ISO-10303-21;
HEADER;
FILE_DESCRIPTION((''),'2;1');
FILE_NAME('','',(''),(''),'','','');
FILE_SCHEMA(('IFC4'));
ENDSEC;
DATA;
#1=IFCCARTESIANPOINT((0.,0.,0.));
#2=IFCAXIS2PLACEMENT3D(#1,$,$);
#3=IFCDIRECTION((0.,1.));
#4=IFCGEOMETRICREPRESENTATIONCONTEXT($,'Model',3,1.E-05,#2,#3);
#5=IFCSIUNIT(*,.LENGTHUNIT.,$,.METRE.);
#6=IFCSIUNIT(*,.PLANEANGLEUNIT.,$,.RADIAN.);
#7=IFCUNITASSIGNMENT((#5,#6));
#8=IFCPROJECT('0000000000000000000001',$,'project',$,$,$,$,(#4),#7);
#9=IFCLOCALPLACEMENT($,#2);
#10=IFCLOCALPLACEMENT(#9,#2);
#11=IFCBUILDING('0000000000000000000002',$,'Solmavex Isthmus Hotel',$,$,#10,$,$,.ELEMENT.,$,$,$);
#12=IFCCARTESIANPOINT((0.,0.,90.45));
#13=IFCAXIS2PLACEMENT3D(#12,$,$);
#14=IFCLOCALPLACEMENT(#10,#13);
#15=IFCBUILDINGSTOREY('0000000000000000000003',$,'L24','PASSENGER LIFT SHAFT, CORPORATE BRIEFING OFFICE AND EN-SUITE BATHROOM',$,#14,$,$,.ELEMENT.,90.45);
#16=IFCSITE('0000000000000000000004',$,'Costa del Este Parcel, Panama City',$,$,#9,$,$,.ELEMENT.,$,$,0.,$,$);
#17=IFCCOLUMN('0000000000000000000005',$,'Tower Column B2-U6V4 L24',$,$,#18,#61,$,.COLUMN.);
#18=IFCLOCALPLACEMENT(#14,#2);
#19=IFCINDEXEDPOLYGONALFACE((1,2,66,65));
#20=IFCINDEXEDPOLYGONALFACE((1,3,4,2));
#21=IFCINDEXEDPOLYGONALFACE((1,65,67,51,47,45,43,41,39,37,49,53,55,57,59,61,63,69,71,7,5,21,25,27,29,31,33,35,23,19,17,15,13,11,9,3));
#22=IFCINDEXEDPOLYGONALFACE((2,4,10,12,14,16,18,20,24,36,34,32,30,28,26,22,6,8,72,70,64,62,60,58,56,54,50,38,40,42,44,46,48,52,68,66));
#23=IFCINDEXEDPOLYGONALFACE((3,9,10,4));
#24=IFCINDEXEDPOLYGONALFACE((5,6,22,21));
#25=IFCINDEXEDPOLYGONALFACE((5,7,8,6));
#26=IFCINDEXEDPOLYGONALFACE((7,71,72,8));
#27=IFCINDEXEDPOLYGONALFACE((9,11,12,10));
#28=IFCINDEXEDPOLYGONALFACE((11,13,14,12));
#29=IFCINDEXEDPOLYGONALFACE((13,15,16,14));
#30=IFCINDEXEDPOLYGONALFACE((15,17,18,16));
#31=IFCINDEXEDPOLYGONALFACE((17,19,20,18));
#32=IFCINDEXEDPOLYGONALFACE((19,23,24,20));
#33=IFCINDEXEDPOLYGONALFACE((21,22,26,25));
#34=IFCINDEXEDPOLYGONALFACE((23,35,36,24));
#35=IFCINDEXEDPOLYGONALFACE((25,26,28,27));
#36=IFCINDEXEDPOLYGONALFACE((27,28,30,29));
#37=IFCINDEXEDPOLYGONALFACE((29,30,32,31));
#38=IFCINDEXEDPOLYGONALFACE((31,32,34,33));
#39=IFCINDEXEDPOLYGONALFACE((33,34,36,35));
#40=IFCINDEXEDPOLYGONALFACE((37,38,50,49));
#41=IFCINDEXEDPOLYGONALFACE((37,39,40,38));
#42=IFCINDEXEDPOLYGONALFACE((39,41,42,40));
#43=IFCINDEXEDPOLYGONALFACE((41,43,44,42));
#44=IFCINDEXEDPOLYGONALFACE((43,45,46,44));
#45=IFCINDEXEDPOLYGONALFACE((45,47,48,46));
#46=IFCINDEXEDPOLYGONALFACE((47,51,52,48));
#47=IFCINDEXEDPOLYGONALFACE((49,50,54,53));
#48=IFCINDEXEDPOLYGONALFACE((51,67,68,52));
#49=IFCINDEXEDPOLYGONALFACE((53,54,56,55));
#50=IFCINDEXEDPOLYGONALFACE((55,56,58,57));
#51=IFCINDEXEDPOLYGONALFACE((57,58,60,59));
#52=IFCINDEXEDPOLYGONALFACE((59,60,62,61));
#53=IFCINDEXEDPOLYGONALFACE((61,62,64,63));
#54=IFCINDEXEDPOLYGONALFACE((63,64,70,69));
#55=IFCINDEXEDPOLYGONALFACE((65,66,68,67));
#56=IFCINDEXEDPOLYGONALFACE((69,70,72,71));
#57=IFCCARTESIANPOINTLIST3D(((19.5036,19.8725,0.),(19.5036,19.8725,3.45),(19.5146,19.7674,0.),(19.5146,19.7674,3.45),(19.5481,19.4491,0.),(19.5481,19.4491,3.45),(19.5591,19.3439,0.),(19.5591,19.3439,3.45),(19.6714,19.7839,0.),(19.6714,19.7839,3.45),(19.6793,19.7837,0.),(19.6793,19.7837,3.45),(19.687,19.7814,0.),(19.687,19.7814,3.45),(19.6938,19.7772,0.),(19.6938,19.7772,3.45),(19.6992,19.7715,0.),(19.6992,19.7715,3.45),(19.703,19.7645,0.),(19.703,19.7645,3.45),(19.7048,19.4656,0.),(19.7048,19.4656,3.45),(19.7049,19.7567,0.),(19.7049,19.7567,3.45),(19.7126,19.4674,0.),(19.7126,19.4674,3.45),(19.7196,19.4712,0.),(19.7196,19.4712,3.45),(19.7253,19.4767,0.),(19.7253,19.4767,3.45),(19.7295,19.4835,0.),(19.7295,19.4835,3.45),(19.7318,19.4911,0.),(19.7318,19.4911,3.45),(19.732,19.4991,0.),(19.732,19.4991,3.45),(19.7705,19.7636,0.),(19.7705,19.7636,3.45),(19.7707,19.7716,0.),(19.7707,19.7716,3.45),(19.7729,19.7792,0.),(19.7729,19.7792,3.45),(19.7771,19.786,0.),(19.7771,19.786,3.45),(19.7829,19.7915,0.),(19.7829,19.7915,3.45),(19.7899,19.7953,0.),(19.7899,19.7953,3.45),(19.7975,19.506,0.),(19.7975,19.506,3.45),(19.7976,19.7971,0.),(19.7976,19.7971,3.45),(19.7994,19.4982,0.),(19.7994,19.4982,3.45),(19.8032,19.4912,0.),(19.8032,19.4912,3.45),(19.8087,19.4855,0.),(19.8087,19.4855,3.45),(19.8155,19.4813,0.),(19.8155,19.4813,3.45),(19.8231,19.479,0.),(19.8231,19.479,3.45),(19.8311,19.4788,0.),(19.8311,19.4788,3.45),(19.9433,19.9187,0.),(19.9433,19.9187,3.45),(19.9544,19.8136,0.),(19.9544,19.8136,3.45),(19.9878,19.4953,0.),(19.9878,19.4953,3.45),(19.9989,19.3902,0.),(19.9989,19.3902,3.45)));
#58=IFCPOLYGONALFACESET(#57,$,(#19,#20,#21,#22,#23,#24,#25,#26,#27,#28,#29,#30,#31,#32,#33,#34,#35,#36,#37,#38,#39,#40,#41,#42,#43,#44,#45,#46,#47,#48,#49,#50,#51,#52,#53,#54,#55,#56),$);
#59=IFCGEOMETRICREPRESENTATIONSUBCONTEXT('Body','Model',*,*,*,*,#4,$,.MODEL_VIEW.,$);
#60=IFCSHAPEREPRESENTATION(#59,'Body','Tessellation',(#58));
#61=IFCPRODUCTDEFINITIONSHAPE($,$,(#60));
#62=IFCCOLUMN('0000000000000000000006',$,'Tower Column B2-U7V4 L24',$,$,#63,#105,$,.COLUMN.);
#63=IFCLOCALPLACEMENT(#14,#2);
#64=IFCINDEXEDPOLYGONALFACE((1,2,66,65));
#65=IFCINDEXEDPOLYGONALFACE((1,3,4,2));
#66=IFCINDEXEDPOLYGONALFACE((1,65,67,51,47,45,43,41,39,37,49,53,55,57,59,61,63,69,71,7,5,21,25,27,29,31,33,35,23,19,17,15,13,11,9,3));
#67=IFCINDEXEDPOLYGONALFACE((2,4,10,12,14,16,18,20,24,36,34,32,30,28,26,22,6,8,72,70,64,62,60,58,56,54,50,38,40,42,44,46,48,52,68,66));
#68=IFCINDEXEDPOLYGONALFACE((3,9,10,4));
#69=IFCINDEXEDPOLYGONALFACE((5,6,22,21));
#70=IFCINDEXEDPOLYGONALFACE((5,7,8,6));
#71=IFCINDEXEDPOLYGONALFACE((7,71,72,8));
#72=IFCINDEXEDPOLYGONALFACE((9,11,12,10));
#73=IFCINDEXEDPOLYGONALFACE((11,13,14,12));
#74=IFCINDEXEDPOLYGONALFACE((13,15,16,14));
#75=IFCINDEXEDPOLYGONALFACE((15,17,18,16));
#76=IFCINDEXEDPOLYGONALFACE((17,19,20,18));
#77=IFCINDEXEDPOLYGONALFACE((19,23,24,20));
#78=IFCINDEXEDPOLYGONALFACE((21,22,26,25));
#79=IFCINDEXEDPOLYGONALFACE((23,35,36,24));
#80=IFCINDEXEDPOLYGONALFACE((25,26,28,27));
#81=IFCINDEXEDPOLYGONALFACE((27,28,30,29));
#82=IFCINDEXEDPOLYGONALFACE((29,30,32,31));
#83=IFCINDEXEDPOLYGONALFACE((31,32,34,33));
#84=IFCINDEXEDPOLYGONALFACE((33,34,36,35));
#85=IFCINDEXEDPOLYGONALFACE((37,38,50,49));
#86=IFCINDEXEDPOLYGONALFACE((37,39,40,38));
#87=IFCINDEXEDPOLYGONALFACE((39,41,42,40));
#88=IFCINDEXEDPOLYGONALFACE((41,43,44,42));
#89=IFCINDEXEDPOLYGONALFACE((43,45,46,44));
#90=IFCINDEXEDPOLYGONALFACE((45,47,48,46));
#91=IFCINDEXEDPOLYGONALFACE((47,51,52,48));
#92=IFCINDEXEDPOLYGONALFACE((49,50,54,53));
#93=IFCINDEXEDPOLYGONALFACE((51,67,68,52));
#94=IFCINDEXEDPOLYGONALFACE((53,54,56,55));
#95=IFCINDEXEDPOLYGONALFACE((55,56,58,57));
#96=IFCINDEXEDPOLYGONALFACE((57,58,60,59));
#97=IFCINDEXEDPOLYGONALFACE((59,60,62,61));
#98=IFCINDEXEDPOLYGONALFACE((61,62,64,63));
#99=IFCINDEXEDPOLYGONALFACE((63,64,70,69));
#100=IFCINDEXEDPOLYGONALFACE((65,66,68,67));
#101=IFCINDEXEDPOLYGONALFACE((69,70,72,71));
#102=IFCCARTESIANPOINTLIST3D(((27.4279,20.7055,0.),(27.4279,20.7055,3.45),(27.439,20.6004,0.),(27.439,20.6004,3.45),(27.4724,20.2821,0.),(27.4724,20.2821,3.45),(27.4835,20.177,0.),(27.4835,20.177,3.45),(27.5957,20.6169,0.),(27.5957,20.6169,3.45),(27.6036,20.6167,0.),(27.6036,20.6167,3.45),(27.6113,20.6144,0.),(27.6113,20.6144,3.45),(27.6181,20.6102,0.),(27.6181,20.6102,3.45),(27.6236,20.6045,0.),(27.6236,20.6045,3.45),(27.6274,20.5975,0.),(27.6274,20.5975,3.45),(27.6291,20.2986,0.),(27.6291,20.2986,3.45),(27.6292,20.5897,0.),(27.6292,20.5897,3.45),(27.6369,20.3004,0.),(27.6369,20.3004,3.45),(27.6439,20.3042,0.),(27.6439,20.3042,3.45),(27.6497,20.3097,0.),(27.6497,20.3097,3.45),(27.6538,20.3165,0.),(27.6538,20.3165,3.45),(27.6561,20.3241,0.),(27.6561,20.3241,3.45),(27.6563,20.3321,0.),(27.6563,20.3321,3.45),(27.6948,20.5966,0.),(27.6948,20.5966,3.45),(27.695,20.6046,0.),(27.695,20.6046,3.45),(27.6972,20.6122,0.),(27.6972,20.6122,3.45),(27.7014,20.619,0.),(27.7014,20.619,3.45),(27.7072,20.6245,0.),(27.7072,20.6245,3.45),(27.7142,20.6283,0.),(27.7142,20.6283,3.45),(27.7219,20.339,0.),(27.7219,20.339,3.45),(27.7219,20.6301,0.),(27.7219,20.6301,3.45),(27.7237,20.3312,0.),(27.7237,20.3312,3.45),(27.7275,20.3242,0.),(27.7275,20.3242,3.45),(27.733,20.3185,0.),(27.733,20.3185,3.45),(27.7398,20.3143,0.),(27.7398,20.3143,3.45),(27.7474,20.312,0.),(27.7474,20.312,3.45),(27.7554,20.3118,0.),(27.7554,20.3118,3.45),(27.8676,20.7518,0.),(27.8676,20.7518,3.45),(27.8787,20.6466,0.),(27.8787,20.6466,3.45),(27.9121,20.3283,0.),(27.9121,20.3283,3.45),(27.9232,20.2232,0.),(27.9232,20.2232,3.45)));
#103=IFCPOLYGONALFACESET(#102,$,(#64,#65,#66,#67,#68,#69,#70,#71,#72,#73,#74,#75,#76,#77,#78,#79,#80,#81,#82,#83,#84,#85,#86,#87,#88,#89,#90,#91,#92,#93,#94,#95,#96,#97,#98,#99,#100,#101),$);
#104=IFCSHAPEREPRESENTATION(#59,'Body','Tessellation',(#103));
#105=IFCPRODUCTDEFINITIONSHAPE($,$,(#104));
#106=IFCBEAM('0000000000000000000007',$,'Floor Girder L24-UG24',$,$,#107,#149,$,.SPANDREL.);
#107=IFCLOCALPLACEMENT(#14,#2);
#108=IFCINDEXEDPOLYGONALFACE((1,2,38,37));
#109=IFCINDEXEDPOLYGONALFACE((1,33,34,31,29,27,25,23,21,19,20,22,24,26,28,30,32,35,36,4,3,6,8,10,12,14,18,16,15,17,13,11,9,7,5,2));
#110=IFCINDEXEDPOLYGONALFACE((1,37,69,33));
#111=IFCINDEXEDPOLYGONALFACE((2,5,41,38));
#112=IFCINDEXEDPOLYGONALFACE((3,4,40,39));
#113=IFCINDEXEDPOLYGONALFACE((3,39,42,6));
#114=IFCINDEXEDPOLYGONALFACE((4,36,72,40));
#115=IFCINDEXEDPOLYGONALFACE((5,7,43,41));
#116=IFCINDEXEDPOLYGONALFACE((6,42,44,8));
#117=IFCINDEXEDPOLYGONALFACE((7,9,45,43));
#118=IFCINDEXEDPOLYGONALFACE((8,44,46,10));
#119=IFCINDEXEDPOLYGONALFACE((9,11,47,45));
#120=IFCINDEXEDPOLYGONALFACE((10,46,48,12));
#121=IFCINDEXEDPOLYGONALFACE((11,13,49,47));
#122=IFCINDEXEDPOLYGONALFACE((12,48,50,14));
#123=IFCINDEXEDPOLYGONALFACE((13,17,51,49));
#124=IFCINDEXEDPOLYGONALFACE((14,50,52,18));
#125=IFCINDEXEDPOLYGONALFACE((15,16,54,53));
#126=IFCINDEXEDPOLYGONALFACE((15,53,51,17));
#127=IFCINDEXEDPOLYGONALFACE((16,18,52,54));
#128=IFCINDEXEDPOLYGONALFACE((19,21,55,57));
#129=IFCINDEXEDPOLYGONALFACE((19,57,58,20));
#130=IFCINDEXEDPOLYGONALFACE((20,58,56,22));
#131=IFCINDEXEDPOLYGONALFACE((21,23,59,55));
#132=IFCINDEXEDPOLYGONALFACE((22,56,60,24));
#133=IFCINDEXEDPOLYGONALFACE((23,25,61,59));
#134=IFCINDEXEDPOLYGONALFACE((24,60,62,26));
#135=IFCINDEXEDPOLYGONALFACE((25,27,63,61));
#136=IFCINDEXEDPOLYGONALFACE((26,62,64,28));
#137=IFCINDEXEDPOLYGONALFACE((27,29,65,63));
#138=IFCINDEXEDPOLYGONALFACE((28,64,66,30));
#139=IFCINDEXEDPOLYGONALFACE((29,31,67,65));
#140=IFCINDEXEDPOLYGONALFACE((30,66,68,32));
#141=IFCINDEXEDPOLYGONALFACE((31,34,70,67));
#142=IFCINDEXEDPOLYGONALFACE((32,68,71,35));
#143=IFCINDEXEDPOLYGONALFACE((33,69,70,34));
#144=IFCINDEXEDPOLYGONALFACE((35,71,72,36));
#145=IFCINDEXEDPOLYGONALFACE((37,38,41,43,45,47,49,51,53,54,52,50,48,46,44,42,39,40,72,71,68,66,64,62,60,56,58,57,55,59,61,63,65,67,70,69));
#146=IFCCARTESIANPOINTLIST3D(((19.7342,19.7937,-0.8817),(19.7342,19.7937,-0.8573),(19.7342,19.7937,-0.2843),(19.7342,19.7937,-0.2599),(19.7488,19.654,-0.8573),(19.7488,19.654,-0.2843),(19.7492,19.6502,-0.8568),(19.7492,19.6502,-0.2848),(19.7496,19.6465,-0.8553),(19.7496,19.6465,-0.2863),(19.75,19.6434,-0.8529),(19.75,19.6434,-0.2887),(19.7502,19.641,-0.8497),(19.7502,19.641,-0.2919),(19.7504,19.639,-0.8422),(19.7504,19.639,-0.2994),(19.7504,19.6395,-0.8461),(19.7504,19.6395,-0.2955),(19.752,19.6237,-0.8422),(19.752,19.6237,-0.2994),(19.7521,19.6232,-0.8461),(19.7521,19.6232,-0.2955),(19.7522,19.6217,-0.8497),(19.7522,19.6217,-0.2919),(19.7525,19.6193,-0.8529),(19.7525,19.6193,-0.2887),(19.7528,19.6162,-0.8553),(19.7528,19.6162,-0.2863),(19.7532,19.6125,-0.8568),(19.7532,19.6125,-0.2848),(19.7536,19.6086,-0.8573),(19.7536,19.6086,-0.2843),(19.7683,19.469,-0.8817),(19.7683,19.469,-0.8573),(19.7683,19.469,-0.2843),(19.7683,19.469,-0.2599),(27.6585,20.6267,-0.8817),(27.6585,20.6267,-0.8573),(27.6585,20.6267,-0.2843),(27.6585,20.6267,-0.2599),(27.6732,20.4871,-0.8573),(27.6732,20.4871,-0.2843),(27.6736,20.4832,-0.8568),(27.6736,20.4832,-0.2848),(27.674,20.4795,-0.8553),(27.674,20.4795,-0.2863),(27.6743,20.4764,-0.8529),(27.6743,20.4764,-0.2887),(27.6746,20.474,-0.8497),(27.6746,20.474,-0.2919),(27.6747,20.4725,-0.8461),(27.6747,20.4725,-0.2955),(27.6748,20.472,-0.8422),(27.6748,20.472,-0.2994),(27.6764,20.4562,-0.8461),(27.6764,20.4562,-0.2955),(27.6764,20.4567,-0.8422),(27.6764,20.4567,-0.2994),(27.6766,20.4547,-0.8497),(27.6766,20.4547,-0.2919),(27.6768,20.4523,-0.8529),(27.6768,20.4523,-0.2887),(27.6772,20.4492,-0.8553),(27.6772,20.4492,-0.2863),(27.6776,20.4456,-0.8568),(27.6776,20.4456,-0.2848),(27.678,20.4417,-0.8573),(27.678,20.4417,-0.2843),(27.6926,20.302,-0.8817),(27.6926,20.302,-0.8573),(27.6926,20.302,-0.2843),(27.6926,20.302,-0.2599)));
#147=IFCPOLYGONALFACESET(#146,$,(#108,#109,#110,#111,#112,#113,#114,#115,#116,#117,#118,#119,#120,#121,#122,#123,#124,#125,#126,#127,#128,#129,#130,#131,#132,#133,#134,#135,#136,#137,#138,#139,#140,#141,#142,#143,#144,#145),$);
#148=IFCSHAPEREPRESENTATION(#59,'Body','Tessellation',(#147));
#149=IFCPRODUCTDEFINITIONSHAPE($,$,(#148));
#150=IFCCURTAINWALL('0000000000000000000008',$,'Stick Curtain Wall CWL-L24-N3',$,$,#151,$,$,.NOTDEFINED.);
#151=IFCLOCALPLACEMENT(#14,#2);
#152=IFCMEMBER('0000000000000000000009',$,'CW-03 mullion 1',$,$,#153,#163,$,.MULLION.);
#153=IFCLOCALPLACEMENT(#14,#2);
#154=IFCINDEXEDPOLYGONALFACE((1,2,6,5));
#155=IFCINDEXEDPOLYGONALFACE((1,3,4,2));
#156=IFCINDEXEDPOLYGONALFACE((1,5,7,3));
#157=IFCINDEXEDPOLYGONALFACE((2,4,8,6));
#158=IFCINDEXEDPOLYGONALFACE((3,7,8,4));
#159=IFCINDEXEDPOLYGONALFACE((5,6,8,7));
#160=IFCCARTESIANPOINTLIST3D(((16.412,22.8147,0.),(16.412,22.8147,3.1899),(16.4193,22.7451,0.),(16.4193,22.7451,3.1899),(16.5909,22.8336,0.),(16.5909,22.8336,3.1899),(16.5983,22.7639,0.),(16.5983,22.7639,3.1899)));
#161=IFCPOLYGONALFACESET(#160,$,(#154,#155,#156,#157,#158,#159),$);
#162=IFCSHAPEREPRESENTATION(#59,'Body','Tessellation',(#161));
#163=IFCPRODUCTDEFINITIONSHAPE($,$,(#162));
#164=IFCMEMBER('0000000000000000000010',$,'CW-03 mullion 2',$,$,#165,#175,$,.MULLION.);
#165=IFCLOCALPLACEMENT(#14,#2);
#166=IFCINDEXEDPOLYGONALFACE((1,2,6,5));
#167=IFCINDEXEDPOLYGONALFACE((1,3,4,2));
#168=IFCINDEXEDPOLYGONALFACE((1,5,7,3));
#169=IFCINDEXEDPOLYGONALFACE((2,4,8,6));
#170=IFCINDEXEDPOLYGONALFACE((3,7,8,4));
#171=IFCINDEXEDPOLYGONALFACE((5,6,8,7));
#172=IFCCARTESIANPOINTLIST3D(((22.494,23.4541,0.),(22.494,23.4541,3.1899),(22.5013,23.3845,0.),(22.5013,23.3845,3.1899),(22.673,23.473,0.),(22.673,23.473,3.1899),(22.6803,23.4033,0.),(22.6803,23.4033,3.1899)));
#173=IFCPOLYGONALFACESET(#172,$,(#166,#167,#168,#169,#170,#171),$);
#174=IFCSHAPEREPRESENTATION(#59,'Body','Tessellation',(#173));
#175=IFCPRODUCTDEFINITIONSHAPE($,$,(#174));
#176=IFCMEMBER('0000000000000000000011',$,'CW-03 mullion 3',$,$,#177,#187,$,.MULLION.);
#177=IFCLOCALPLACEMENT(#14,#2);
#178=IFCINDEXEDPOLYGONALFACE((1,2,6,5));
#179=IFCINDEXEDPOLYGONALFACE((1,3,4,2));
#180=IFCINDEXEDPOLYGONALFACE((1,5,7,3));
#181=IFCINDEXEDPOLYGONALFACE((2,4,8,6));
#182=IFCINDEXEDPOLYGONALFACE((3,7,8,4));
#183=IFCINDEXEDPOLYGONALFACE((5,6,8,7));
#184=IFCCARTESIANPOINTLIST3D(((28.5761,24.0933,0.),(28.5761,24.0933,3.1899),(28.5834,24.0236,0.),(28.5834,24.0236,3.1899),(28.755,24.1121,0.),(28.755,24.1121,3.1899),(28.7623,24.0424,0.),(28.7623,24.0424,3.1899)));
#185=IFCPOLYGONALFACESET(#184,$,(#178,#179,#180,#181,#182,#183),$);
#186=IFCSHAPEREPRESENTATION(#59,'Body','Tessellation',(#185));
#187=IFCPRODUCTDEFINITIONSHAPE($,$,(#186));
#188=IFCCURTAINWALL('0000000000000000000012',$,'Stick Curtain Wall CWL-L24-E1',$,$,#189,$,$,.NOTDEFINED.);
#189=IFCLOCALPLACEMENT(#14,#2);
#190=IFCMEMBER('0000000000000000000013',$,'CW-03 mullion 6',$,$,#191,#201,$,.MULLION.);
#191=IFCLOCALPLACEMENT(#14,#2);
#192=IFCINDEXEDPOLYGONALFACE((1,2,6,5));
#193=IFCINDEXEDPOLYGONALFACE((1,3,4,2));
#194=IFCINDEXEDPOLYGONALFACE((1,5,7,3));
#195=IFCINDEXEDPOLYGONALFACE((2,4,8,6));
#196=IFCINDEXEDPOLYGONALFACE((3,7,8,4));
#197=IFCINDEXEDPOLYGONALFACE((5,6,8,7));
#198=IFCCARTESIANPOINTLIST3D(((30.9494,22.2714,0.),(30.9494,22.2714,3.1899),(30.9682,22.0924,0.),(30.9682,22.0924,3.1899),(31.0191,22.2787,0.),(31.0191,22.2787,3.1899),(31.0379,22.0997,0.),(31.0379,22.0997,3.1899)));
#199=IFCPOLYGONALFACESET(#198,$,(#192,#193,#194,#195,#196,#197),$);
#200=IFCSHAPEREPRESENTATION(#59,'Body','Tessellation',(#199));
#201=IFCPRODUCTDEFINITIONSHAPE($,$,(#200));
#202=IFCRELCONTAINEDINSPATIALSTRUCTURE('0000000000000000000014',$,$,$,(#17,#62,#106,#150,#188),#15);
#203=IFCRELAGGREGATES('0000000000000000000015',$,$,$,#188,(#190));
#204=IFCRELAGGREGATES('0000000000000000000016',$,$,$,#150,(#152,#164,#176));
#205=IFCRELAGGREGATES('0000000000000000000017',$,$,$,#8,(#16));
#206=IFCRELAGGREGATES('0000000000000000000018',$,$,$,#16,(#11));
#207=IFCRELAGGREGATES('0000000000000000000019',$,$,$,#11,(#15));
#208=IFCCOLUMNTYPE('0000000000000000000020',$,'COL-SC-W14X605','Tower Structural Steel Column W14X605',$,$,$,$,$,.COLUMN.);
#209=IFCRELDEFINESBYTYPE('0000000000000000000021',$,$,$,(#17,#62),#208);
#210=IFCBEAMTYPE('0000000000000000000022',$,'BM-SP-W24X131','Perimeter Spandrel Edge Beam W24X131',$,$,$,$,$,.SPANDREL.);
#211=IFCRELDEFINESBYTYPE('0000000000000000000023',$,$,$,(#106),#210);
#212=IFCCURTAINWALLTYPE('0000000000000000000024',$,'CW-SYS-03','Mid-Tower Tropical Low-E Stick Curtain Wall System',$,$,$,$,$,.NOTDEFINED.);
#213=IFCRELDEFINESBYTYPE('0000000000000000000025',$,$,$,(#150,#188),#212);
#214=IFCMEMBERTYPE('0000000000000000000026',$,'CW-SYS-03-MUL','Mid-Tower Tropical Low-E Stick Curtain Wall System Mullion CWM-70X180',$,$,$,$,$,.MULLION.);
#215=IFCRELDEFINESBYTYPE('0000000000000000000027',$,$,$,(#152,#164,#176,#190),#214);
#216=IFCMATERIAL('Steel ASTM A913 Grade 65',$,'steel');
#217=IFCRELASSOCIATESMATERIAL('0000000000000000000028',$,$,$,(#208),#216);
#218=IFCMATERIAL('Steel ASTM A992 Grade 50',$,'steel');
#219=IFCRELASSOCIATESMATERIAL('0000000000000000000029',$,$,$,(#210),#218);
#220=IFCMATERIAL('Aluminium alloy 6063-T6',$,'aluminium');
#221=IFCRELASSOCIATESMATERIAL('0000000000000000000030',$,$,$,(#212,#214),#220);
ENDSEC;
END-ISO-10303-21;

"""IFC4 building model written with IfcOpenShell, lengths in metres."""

from ifc_helpers import new_model, si_unit, direction, frame, origin, origin_2d, place, context, subcontext, project, spatial, rectangle, i_section, extrude, material, material_profile, profile_set, type_object, element, aggregate, save


model = new_model("IFC4")

# Units and contexts
model_context = context("Model", 3, precision=1e-05, world=origin(), true_north=direction((0.0, 1.0)))
body_context = subcontext(model_context, "Body", "Model", "MODEL_VIEW")
ifc_project = project(units=[si_unit("LENGTHUNIT", "METRE"), si_unit("PLANEANGLEUNIT", "RADIAN")], contexts=[model_context])

# Site, building, storey
site_placement = place(None, origin())
site = spatial("IfcSite", under=ifc_project, at=site_placement, Name="Costa del Este Parcel, Panama City", CompositionType="ELEMENT", RefElevation=0.0)
building_placement = place(site_placement, origin())
building = spatial("IfcBuilding", under=site, at=building_placement, Name="Solmavex Isthmus Hotel", CompositionType="ELEMENT")
storey_placement = place(building_placement, frame((0.0, 0.0, 90.45)))
storey = spatial("IfcBuildingStorey", under=building, at=storey_placement, Name="L24", Description="PASSENGER LIFT SHAFT, CORPORATE BRIEFING OFFICE AND EN-SUITE BATHROOM", CompositionType="ELEMENT", Elevation=90.45)

# Columns
ifc_material_1 = material(Name="Steel ASTM A913 Grade 65", Category="steel")
ifc_material_profile_1 = material_profile(ifc_material_1, i_section(OverallWidth=0.4421, OverallDepth=0.5315, WebThickness=0.0659, FlangeThickness=0.1057, FilletRadius=0.0305, at=origin_2d()), Name="W14X605")
ifc_profile_set_1 = profile_set([ifc_material_profile_1], Name="Steel ASTM A913 Grade 65")
column_type = type_object("IfcColumnType", Name="COL-SC-W14X605", Description="Tower Structural Steel Column W14X605", PredefinedType="COLUMN", material=ifc_profile_set_1)
for number, where, z_axis, x_axis, name in (
    (1, (19.7512, 19.6313, 0.0), (0.0, 0.0, 1.0), (0.994522, 0.104528, 0.0), "Tower Column B2-U6V4 L24"),
    (2, (27.6755, 20.4644, 0.0), (0.0, 0.0, 1.0), (0.994522, 0.104528, 0.0), "Tower Column B2-U7V4 L24"),
):
    element("IfcColumn", number, at=place(storey_placement, frame(where, z_axis=z_axis, x_axis=x_axis)), inside=storey, type_object=column_type, Name=name, PredefinedType="COLUMN", context=body_context, shape_type="SweptSolid", body=[
        extrude(i_section(OverallWidth=0.4421, OverallDepth=0.5315, WebThickness=0.0659, FlangeThickness=0.1057, FilletRadius=0.0305, at=origin_2d()), origin(), (0.0, 0.0, 1.0), 3.45),
    ])

# Beam
ifc_material_2 = material(Name="Steel ASTM A992 Grade 50", Category="steel")
ifc_material_profile_2 = material_profile(ifc_material_2, i_section(OverallWidth=0.3264, OverallDepth=0.6218, WebThickness=0.0154, FlangeThickness=0.0244, FilletRadius=0.0151, at=origin_2d()), Name="W24X131")
ifc_profile_set_2 = profile_set([ifc_material_profile_2], Name="Steel ASTM A992 Grade 50")
beam_type = type_object("IfcBeamType", Name="BM-SP-W24X131", Description="Perimeter Spandrel Edge Beam W24X131", PredefinedType="SPANDREL", material=ifc_profile_set_2)
beam_placement = place(storey_placement, frame((19.7512, 19.6313, -0.5708), z_axis=(0.99452, 0.104544, 0.0), x_axis=(-0.104544, 0.99452, 0.0)))
element("IfcBeam", 3, at=beam_placement, inside=storey, type_object=beam_type, Name="Floor Girder L24-UG24", PredefinedType="SPANDREL", context=body_context, shape_type="SweptSolid", body=[
    extrude(i_section(OverallWidth=0.3264, OverallDepth=0.6218, WebThickness=0.0154, FlangeThickness=0.0244, FilletRadius=0.0151, at=origin_2d()), origin(), (0.0, 0.0, 1.0), 7.968),
])

# Curtain wall, members
ifc_material_3 = material(Name="Aluminium alloy 6063-T6", Category="aluminium")
curtain_wall_type = type_object("IfcCurtainWallType", Name="CW-SYS-03", Description="Mid-Tower Tropical Low-E Stick Curtain Wall System", PredefinedType="NOTDEFINED", material=ifc_material_3)
curtain_wall_1_placement = place(storey_placement, origin())
curtain_wall_1 = element("IfcCurtainWall", 4, at=curtain_wall_1_placement, inside=storey, type_object=curtain_wall_type, Name="Stick Curtain Wall CWL-L24-N3", PredefinedType="NOTDEFINED")
ifc_material_profile_3 = material_profile(ifc_material_3, rectangle(XDim=0.0701, YDim=0.1799, at=origin_2d()), Name="CWM-70X180")
ifc_profile_set_3 = profile_set([ifc_material_profile_3], Name="Aluminium alloy 6063-T6")
member_type_1 = type_object("IfcMemberType", Name="CW-SYS-03-MUL", Description="Mid-Tower Tropical Low-E Stick Curtain Wall System Mullion CWM-70X180", PredefinedType="MULLION", material=ifc_profile_set_3)
member_1_placement = place(storey_placement, frame((16.5051, 22.7893, 0.0), z_axis=(0.0, 0.0, 1.0), x_axis=(-0.104528, 0.994522, 0.0)))
member_1 = element("IfcMember", 5, at=member_1_placement, type_object=member_type_1, Name="CW-03 mullion 1", PredefinedType="MULLION", context=body_context, shape_type="SweptSolid", body=[
    extrude(rectangle(XDim=0.0701, YDim=0.1799, at=origin_2d()), origin(), (0.0, 0.0, 1.0), 3.1899),
])
member_2_placement = place(storey_placement, frame((22.5872, 23.4287, 0.0), z_axis=(0.0, 0.0, 1.0), x_axis=(-0.104528, 0.994522, 0.0)))
member_2 = element("IfcMember", 6, at=member_2_placement, type_object=member_type_1, Name="CW-03 mullion 2", PredefinedType="MULLION", context=body_context, shape_type="SweptSolid", body=[
    extrude(rectangle(XDim=0.0701, YDim=0.1799, at=origin_2d()), origin(), (0.0, 0.0, 1.0), 3.1899),
])
member_3_placement = place(storey_placement, frame((28.6692, 24.0679, 0.0), z_axis=(0.0, 0.0, 1.0), x_axis=(-0.104528, 0.994522, 0.0)))
member_3 = element("IfcMember", 7, at=member_3_placement, type_object=member_type_1, Name="CW-03 mullion 3", PredefinedType="MULLION", context=body_context, shape_type="SweptSolid", body=[
    extrude(rectangle(XDim=0.0701, YDim=0.1799, at=origin_2d()), origin(), (0.0, 0.0, 1.0), 3.1899),
])

# Curtain wall, member
curtain_wall_2_placement = place(storey_placement, origin())
curtain_wall_2 = element("IfcCurtainWall", 8, at=curtain_wall_2_placement, inside=storey, type_object=curtain_wall_type, Name="Stick Curtain Wall CWL-L24-E1", PredefinedType="NOTDEFINED")
member_4_placement = place(storey_placement, frame((30.9937, 22.1855, 0.0), z_axis=(0.0, 0.0, 1.0), x_axis=(-0.994522, -0.104528, 0.0)))
member_4 = element("IfcMember", 9, at=member_4_placement, type_object=member_type_1, Name="CW-03 mullion 6", PredefinedType="MULLION", context=body_context, shape_type="SweptSolid", body=[
    extrude(rectangle(XDim=0.0701, YDim=0.1799, at=origin_2d()), origin(), (0.0, 0.0, 1.0), 3.1899),
])
aggregate(curtain_wall_2, [member_4])

aggregate(curtain_wall_1, [member_1, member_2, member_3])

save(model, "model.ifc")
